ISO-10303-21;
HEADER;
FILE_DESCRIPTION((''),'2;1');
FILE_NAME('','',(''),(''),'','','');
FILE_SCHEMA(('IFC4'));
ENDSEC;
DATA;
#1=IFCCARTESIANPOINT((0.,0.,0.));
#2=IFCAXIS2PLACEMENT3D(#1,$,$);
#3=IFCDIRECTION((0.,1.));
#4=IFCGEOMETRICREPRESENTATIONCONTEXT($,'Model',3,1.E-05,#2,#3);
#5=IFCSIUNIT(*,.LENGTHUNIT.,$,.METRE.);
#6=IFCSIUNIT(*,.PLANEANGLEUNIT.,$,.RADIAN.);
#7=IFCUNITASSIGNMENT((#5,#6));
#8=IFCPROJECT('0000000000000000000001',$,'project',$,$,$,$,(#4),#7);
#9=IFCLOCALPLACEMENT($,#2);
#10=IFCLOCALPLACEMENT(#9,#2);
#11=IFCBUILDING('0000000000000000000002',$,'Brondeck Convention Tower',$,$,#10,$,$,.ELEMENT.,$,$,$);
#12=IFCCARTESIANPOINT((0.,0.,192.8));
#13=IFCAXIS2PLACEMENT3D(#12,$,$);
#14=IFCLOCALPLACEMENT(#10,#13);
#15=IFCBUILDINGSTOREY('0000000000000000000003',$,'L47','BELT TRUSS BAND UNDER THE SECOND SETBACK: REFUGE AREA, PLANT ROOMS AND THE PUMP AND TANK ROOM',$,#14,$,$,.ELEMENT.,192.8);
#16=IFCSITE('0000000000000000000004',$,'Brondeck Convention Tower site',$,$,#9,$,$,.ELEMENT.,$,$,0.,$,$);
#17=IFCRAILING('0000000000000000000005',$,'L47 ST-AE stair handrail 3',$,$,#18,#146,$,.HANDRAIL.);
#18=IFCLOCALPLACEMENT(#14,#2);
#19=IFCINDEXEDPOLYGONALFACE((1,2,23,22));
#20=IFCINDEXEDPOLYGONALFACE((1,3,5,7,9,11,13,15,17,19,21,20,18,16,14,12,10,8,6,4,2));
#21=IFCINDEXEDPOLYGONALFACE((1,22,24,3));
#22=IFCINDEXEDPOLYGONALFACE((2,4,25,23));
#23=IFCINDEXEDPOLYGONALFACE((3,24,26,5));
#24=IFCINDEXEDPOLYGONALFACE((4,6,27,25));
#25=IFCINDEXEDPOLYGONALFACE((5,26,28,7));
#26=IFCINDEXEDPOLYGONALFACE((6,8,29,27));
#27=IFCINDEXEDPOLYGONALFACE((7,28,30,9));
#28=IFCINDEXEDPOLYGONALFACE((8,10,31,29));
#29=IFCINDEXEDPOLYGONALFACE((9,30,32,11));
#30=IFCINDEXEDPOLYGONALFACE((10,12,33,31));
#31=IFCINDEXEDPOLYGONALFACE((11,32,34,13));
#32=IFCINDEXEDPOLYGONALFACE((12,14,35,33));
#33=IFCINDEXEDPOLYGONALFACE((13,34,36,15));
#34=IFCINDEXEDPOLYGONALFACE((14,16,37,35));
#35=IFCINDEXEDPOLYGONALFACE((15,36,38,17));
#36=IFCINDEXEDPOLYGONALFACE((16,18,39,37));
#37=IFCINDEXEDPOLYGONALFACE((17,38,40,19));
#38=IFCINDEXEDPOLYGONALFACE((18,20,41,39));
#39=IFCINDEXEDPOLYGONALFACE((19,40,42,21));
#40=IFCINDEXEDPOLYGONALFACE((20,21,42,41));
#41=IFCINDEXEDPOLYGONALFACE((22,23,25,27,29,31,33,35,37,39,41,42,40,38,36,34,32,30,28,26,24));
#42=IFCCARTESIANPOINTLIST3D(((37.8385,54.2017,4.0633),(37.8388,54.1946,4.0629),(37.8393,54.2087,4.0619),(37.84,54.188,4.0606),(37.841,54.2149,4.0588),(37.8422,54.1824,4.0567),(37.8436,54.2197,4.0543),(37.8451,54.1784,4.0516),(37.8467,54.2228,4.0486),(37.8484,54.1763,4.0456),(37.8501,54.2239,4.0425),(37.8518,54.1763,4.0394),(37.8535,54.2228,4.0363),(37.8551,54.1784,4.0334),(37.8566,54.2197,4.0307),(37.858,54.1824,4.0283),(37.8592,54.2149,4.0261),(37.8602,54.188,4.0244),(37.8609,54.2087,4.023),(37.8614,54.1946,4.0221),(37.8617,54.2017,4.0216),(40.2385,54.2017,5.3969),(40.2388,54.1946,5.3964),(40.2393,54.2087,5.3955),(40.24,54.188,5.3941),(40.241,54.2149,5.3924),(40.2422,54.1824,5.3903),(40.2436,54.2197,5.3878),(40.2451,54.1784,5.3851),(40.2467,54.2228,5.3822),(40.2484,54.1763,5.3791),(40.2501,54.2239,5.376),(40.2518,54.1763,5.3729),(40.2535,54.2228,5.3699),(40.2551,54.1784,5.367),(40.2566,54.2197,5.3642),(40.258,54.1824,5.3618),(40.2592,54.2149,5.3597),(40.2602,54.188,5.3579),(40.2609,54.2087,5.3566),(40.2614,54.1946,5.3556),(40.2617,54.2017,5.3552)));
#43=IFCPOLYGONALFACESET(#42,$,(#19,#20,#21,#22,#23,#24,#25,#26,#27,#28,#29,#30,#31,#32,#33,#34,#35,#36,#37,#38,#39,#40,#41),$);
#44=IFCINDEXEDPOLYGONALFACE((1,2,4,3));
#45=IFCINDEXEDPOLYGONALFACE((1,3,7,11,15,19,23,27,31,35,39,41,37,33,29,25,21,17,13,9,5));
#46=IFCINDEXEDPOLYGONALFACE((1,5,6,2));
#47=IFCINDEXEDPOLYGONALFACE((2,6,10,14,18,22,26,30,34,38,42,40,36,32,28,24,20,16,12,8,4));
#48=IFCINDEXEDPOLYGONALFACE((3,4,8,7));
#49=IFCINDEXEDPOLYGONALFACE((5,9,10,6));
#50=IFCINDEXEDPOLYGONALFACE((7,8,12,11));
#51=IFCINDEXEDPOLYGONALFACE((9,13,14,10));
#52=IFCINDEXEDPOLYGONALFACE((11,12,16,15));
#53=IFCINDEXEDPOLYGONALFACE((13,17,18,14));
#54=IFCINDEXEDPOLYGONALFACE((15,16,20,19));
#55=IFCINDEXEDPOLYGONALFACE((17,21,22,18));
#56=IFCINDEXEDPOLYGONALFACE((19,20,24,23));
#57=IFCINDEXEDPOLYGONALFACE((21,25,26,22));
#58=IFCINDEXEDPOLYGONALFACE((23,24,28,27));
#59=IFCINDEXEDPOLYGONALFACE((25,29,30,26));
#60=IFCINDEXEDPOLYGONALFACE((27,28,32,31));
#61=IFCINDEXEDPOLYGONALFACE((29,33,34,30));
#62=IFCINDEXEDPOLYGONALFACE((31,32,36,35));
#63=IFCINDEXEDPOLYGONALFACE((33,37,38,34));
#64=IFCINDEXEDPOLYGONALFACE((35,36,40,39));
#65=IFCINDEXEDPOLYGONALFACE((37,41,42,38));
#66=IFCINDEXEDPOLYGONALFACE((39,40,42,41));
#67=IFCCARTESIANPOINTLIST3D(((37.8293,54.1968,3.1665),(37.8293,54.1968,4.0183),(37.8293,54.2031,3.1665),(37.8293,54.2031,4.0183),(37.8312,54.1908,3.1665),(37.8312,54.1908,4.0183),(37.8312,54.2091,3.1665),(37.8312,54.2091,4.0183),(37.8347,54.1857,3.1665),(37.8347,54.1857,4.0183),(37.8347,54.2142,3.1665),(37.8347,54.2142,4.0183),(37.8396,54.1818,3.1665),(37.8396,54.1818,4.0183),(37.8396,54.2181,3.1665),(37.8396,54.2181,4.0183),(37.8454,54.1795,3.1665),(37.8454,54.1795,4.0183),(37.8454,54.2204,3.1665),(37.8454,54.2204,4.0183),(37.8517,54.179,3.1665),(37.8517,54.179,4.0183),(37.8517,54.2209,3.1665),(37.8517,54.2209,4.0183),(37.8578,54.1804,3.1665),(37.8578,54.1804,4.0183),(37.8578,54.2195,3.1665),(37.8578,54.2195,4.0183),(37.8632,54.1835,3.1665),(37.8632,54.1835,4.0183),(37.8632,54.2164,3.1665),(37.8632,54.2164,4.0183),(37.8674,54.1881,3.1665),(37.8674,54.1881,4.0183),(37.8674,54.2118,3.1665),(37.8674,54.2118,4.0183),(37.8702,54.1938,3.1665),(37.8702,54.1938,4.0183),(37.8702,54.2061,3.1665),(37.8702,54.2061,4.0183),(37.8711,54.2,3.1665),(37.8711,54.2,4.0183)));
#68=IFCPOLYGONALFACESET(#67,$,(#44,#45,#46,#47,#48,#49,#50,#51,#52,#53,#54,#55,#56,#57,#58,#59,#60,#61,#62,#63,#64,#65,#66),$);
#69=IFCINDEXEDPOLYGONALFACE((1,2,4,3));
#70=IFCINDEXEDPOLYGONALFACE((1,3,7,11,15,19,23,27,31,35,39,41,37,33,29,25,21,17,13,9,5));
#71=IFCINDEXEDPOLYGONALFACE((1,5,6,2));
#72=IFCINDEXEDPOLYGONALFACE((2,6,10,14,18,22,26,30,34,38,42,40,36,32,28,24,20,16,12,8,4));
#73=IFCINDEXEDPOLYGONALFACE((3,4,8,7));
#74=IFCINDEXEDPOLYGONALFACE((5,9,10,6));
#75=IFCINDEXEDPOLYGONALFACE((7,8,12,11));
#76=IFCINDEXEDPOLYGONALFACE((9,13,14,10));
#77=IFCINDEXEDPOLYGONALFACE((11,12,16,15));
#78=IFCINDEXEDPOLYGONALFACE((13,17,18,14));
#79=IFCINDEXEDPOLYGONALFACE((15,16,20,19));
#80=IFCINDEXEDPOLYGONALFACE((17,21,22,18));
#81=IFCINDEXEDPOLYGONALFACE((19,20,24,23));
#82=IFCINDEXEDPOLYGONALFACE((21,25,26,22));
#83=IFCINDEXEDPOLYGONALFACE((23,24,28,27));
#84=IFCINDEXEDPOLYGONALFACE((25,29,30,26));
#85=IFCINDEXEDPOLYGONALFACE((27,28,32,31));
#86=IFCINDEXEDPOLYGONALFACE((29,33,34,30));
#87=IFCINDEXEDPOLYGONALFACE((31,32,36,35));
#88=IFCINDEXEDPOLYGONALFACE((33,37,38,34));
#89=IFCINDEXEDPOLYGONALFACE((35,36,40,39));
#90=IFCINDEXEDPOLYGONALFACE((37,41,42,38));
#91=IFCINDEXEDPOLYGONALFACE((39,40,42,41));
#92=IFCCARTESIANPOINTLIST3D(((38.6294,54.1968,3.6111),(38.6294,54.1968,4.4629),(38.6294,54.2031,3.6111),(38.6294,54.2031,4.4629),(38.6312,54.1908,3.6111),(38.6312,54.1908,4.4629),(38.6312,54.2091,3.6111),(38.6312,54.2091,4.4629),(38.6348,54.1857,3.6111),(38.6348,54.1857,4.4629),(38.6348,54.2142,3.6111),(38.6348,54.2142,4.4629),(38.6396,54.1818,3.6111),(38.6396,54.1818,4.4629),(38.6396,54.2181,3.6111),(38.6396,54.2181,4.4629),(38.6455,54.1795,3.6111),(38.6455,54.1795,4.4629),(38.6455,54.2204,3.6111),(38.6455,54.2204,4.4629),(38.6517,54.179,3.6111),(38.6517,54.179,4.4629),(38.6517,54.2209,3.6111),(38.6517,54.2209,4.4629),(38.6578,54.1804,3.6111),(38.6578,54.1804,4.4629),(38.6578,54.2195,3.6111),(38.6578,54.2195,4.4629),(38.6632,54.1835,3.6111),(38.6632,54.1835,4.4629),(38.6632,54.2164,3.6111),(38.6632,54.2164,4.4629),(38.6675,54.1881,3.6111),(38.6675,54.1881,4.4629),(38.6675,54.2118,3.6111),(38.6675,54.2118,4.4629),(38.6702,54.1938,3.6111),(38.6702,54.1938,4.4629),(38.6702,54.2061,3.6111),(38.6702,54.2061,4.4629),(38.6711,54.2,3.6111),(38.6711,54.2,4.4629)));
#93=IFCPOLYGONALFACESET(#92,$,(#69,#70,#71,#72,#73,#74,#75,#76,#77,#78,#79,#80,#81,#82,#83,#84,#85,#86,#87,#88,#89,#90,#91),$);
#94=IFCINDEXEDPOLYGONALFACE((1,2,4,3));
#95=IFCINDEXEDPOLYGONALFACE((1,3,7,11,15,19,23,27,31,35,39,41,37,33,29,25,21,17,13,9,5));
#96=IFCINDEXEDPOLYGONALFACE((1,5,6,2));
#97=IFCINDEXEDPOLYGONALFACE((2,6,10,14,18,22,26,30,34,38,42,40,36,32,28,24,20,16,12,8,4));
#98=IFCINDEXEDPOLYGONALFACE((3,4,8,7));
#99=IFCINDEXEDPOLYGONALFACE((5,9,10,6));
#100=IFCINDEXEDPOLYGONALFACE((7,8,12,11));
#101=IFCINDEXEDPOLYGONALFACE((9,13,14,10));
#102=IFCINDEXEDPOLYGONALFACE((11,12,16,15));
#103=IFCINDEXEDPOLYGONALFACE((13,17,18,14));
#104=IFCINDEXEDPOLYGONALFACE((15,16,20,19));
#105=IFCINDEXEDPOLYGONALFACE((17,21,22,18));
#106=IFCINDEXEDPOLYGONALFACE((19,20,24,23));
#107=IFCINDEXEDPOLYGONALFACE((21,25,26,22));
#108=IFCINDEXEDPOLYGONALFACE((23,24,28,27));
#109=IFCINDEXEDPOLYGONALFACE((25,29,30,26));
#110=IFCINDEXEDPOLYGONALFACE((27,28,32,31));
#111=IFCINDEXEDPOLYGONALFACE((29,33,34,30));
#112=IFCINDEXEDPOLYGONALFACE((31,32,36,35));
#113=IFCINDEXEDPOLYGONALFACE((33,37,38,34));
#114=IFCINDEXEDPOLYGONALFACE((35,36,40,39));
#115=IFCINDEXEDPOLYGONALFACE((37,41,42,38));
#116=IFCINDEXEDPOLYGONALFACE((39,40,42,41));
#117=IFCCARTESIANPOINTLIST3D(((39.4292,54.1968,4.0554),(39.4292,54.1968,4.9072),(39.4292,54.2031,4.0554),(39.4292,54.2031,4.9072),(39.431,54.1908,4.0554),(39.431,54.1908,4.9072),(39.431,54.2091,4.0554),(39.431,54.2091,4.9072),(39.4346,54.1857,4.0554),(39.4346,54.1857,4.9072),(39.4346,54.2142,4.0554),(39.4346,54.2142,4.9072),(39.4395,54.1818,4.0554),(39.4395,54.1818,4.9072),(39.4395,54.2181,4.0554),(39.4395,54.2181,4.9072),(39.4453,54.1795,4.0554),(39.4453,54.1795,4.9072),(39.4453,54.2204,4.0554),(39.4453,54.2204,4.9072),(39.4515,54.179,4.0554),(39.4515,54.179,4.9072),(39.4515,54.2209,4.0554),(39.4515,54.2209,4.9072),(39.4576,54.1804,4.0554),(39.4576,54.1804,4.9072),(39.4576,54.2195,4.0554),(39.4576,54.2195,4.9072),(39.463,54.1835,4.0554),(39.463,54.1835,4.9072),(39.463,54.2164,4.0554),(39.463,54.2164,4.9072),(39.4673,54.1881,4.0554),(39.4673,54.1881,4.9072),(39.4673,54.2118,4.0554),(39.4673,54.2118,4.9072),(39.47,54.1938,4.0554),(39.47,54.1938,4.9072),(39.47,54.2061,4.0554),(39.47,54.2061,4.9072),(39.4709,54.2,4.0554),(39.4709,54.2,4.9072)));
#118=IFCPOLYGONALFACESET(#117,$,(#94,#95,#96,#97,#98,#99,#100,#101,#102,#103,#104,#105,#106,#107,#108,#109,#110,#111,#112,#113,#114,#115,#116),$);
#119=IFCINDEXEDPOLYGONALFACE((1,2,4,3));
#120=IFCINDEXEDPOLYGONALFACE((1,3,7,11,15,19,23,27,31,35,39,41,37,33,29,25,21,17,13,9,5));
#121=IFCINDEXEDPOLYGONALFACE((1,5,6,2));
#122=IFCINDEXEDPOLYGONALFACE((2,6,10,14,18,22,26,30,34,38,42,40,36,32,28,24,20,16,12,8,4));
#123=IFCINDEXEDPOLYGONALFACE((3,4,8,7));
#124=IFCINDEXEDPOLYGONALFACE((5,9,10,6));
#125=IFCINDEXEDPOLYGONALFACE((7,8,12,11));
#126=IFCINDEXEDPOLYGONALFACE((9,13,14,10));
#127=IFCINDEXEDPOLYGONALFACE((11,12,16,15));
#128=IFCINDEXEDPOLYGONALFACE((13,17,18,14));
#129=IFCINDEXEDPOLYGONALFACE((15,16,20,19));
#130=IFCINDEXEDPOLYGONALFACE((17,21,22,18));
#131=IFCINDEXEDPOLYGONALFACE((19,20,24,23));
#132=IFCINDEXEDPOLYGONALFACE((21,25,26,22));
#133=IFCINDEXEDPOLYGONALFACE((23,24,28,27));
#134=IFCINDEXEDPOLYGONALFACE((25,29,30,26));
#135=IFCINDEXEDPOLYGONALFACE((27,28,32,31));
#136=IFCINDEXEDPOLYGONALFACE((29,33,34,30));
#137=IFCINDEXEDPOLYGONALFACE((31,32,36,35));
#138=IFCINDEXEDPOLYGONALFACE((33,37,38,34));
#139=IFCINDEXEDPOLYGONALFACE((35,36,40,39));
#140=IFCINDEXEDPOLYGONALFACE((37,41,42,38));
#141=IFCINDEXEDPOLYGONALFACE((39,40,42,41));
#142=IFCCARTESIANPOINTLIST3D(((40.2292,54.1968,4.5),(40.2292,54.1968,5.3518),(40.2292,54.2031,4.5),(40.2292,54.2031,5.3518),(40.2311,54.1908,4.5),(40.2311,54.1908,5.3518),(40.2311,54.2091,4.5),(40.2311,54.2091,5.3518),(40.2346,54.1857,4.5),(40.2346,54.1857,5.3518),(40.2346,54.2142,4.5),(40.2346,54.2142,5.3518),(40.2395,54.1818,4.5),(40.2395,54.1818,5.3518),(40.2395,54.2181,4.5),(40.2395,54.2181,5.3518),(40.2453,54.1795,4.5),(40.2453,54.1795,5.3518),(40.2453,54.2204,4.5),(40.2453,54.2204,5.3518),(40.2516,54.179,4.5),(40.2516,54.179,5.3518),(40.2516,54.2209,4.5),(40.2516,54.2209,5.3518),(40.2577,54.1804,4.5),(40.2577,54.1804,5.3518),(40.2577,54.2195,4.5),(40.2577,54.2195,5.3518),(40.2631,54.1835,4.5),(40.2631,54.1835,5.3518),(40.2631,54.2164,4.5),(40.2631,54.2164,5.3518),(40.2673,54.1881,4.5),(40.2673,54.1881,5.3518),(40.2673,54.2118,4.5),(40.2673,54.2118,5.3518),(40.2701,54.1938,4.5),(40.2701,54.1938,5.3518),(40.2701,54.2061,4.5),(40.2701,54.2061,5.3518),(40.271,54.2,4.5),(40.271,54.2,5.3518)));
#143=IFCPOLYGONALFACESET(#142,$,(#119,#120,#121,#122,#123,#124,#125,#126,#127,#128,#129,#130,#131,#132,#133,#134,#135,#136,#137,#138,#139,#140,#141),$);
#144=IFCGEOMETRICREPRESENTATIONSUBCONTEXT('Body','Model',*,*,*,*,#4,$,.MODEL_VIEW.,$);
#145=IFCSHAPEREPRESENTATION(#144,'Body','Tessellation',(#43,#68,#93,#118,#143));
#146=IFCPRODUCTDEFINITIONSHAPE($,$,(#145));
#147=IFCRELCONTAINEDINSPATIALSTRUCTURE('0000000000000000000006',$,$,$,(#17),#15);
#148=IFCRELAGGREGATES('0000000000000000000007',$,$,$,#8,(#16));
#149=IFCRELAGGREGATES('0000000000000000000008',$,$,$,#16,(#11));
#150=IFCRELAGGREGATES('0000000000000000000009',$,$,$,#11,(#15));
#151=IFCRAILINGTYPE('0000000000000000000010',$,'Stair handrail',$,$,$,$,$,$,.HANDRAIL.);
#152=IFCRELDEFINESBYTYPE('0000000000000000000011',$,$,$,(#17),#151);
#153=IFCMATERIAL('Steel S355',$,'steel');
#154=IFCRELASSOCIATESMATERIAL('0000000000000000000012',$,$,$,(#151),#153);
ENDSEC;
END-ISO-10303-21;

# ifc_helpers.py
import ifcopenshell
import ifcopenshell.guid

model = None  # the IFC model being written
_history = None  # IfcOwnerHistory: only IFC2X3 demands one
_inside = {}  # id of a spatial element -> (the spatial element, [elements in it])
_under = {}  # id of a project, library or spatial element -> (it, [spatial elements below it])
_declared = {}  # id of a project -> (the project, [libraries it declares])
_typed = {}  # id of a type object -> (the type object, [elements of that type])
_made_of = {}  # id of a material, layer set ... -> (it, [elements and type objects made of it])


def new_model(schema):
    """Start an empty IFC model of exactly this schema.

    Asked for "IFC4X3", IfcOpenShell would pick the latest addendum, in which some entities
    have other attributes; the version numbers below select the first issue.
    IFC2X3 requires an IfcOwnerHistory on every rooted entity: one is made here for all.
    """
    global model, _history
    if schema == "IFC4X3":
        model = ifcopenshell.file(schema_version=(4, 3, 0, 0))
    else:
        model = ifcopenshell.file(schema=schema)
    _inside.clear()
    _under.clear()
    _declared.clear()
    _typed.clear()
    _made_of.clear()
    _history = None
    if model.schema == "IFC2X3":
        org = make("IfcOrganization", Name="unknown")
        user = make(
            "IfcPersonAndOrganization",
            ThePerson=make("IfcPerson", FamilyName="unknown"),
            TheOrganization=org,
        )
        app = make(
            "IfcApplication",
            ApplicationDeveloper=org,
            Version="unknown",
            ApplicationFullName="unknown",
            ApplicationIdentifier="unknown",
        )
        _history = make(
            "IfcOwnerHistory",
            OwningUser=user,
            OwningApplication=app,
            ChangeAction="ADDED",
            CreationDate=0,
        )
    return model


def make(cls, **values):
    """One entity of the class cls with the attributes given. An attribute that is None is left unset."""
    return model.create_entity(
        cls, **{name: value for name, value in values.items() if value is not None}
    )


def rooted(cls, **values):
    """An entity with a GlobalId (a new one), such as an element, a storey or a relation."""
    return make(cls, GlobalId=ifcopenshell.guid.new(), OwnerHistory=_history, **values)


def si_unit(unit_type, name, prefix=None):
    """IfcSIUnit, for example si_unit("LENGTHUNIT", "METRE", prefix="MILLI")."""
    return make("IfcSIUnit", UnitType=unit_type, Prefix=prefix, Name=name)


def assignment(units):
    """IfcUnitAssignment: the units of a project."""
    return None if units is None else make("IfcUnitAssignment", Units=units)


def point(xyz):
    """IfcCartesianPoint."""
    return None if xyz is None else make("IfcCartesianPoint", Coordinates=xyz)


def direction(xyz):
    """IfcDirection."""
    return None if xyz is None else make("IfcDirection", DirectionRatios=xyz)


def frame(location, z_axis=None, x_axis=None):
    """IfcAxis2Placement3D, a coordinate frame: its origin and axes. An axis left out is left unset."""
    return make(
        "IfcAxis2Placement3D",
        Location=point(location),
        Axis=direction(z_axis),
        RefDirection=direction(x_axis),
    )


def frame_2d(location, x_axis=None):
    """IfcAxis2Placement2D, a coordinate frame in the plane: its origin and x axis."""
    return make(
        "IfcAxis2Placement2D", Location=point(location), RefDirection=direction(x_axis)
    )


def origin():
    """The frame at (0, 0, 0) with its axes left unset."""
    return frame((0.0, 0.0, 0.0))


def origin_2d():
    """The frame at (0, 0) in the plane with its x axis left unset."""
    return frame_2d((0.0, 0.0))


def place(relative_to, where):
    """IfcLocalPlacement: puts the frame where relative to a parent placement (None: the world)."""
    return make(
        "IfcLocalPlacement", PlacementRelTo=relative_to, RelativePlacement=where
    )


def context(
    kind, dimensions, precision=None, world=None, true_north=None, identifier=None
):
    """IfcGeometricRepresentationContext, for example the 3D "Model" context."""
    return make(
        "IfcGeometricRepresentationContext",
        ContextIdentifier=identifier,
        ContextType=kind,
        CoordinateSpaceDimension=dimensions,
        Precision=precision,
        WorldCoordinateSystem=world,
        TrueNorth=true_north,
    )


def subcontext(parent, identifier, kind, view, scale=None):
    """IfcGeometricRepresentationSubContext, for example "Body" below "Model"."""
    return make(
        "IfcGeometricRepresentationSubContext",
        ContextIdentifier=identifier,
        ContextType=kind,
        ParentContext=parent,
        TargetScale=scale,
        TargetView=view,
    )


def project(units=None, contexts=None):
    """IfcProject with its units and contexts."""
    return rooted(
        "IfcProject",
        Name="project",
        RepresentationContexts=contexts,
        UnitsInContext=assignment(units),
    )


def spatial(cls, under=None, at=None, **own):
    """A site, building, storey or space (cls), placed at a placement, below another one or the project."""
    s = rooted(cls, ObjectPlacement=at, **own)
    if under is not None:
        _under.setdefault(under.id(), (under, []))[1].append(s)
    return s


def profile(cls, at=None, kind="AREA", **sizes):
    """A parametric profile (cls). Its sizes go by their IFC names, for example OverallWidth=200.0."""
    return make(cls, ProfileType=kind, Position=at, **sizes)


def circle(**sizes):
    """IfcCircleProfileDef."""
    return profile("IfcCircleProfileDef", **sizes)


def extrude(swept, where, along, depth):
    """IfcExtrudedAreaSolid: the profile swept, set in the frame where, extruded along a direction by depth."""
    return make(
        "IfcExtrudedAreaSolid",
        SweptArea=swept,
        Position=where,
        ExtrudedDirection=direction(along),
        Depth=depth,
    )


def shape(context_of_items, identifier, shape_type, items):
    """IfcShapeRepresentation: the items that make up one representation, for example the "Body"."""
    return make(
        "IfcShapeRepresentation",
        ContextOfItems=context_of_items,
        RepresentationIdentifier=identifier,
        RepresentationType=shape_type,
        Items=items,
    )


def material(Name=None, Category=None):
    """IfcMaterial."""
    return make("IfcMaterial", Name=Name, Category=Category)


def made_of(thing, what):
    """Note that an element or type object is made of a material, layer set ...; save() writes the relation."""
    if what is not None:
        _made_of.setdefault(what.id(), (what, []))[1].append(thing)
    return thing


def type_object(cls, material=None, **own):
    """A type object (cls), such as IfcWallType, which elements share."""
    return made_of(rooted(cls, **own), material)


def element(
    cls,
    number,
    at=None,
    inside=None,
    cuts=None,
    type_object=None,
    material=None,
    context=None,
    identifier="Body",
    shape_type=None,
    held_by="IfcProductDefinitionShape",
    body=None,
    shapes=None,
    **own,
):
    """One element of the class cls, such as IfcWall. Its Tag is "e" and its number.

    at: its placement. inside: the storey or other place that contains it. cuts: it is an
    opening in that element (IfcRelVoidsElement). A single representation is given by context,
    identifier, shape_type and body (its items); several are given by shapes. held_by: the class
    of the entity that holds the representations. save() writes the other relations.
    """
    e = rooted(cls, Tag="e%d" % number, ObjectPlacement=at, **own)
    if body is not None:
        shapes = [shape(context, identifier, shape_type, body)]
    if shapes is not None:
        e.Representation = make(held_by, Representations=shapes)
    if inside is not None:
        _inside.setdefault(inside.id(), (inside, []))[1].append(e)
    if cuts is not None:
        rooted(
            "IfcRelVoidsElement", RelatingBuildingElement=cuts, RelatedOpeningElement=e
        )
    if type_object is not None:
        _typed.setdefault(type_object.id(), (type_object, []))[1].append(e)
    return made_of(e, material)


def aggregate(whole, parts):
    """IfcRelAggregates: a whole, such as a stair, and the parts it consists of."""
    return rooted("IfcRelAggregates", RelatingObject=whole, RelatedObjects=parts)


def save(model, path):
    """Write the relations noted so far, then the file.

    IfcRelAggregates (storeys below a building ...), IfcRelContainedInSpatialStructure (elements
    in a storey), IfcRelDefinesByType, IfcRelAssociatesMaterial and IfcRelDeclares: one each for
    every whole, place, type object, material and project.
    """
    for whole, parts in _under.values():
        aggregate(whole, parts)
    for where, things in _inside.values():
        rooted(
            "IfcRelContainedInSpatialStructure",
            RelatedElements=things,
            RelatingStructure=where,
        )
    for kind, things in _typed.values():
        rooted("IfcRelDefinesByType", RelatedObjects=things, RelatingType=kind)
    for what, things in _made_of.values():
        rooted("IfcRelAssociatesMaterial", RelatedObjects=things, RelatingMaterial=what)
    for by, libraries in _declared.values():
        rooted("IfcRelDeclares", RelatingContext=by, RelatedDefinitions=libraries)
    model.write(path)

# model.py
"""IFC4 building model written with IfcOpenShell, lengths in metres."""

from ifc_helpers import new_model, si_unit, direction, frame, origin, origin_2d, place, context, subcontext, project, spatial, circle, extrude, material, type_object, element, save


model = new_model("IFC4")

# Units and contexts
model_context = context("Model", 3, precision=1e-05, world=origin(), true_north=direction((0.0, 1.0)))
body_context = subcontext(model_context, "Body", "Model", "MODEL_VIEW")
ifc_project = project(units=[si_unit("LENGTHUNIT", "METRE"), si_unit("PLANEANGLEUNIT", "RADIAN")], contexts=[model_context])

# Site, building, storey
site_placement = place(None, origin())
site = spatial("IfcSite", under=ifc_project, at=site_placement, Name="Brondeck Convention Tower site", CompositionType="ELEMENT", RefElevation=0.0)
building_placement = place(site_placement, origin())
building = spatial("IfcBuilding", under=site, at=building_placement, Name="Brondeck Convention Tower", CompositionType="ELEMENT")
storey_placement = place(building_placement, frame((0.0, 0.0, 192.8)))
storey = spatial("IfcBuildingStorey", under=building, at=storey_placement, Name="L47", Description="BELT TRUSS BAND UNDER THE SECOND SETBACK: REFUGE AREA, PLANT ROOMS AND THE PUMP AND TANK ROOM", CompositionType="ELEMENT", Elevation=192.8)

# Shared definitions
ifc_material_1 = material(Name="Steel S355", Category="steel")

# Railing
railing_type_1 = type_object("IfcRailingType", Name="Stair handrail", PredefinedType="HANDRAIL", material=ifc_material_1)
railing_1_placement = place(storey_placement, frame((37.8501, 54.2, 3.1665)))
element("IfcRailing", 1, at=railing_1_placement, inside=storey, type_object=railing_type_1, Name="L47 ST-AE stair handrail 3", PredefinedType="HANDRAIL", context=body_context, shape_type="SweptSolid", body=[
    extrude(circle(Radius=0.0239, at=origin_2d()), frame((0.0, 0.0, 0.876), z_axis=(0.874124, 0.0, 0.485703), x_axis=(0.0, 1.0, 0.0)), (0.0, 0.0, 1.0), 2.7456),
    extrude(circle(Radius=0.021, at=origin_2d()), origin(), (0.0, 0.0, 1.0), 0.8518),
    extrude(circle(Radius=0.021, at=origin_2d()), frame((0.8, 0.0, 0.4446)), (0.0, 0.0, 1.0), 0.8518),
    extrude(circle(Radius=0.021, at=origin_2d()), frame((1.5999, 0.0, 0.8889)), (0.0, 0.0, 1.0), 0.8518),
    extrude(circle(Radius=0.021, at=origin_2d()), frame((2.3999, 0.0, 1.3335)), (0.0, 0.0, 1.0), 0.8518),
])

save(model, "model.ifc")
